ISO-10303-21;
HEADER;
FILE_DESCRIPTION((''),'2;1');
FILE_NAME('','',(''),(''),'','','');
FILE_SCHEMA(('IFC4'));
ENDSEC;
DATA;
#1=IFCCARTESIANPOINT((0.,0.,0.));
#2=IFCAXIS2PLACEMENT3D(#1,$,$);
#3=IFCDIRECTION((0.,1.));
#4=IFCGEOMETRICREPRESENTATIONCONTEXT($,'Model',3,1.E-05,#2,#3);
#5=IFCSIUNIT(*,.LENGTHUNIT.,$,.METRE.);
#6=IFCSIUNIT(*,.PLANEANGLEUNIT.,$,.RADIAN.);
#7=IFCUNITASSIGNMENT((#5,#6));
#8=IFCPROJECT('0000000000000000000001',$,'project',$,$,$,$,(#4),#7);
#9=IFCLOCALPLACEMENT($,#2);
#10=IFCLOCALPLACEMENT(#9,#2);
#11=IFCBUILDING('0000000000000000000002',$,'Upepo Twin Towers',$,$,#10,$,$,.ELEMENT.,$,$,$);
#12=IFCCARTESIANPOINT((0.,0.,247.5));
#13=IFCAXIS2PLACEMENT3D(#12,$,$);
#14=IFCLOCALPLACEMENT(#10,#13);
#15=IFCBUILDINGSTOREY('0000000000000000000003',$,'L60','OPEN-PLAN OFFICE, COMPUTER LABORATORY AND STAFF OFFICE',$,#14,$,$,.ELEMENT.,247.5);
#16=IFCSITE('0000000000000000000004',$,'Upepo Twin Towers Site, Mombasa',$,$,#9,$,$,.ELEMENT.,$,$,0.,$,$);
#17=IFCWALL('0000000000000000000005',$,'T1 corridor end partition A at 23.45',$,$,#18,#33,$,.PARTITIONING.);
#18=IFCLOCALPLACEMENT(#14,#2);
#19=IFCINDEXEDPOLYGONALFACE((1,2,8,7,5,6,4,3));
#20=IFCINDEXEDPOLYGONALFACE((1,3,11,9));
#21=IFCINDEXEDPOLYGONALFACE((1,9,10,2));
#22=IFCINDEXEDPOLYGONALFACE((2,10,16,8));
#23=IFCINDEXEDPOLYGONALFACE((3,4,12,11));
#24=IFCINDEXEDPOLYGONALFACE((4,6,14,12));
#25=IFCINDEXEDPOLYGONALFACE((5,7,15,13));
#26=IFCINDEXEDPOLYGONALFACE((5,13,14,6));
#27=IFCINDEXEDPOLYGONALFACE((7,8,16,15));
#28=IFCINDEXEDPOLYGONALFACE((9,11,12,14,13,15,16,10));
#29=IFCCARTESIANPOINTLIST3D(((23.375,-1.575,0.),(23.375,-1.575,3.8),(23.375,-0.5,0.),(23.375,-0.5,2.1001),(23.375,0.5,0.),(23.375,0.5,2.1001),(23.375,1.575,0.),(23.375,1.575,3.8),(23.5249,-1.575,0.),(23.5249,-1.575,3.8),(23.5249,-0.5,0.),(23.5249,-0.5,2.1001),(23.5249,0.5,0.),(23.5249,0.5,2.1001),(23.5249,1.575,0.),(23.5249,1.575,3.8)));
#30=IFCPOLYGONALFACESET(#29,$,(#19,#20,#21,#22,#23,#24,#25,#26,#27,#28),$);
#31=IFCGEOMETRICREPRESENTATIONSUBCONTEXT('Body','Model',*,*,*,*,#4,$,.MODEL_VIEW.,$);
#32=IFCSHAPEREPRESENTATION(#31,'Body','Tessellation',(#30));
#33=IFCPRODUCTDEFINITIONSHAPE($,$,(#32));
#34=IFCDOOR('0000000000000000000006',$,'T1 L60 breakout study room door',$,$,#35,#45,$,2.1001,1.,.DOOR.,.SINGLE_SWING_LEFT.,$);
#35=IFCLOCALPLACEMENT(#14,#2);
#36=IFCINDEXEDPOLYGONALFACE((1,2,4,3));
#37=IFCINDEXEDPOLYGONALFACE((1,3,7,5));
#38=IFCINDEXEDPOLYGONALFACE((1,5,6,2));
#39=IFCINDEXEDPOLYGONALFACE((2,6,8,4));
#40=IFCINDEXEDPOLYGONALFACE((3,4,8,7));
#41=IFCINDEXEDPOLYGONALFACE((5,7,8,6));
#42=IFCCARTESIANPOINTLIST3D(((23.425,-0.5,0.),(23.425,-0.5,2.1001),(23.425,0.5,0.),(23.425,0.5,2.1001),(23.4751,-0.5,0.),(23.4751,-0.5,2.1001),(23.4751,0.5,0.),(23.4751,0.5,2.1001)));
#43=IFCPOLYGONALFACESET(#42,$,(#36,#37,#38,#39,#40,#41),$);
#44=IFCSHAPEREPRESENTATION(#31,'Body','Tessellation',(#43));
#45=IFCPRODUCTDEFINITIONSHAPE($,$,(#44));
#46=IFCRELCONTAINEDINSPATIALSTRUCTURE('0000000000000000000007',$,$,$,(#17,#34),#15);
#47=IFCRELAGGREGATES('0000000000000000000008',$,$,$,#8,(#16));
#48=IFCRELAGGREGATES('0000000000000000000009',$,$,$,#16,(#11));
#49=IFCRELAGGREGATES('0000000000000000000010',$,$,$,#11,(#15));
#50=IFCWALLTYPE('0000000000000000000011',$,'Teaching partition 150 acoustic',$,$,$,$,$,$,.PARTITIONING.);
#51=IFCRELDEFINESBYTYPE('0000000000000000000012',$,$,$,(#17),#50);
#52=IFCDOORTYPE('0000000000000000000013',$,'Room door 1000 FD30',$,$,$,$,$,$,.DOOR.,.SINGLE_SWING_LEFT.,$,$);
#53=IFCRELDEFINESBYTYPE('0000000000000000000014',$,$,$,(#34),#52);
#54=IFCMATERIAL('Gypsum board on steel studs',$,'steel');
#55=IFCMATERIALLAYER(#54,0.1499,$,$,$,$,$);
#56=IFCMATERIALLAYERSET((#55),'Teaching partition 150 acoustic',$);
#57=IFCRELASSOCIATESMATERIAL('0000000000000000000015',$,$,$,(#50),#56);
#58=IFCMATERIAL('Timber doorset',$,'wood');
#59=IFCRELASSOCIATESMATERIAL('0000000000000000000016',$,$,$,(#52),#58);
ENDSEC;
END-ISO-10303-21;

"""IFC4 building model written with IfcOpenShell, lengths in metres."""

from ifc_helpers import new_model, si_unit, direction, frame, frame_2d, origin, place, context, subcontext, project, spatial, rectangle, extrude, material, layer, layer_set, type_object, element, fill, save


model = new_model("IFC4")

# Units and contexts
model_context = context("Model", 3, precision=1e-05, world=origin(), true_north=direction((0.0, 1.0)))
body_context = subcontext(model_context, "Body", "Model", "MODEL_VIEW")
ifc_project = project(units=[si_unit("LENGTHUNIT", "METRE"), si_unit("PLANEANGLEUNIT", "RADIAN")], contexts=[model_context])

# Site, building, storey
site_placement = place(None, origin())
site = spatial("IfcSite", under=ifc_project, at=site_placement, Name="Upepo Twin Towers Site, Mombasa", CompositionType="ELEMENT", RefElevation=0.0)
building_placement = place(site_placement, origin())
building = spatial("IfcBuilding", under=site, at=building_placement, Name="Upepo Twin Towers", CompositionType="ELEMENT")
storey_placement = place(building_placement, frame((0.0, 0.0, 247.5)))
storey = spatial("IfcBuildingStorey", under=building, at=storey_placement, Name="L60", Description="OPEN-PLAN OFFICE, COMPUTER LABORATORY AND STAFF OFFICE", CompositionType="ELEMENT", Elevation=247.5)

# Shared definitions
ifc_material_1 = material(Name="Gypsum board on steel studs", Category="steel")
ifc_layer_1 = layer(ifc_material_1, 0.1499)
ifc_layer_set_1 = layer_set([ifc_layer_1], Name="Teaching partition 150 acoustic")
wall_type_1 = type_object("IfcWallType", Name="Teaching partition 150 acoustic", PredefinedType="PARTITIONING", material=ifc_layer_set_1)

# Shared definitions
ifc_material_2 = material(Name="Timber doorset", Category="wood")
door_type = type_object("IfcDoorType", Name="Room door 1000 FD30", OperationType="SINGLE_SWING_LEFT", PredefinedType="DOOR", material=ifc_material_2)

# Wall, opening, door
wall_1_placement = place(storey_placement, frame((23.45, -1.575, 0.0), z_axis=(0.0, 0.0, 1.0), x_axis=(0.0, 1.0, 0.0)))
wall_1 = element("IfcWall", 1, at=wall_1_placement, inside=storey, type_object=wall_type_1, Name="T1 corridor end partition A at 23.45", PredefinedType="PARTITIONING", context=body_context, shape_type="SweptSolid", body=[
    extrude(rectangle(XDim=3.1499, YDim=0.1499, at=frame_2d((1.575, 0.0))), origin(), (0.0, 0.0, 1.0), 3.8),
])
opening_1_placement = place(wall_1_placement, frame((1.075, 0.0, 0.0)))
opening_1 = element("IfcOpeningElement", 2, at=opening_1_placement, cuts=wall_1, PredefinedType="OPENING", context=body_context, shape_type="SweptSolid", body=[
    extrude(rectangle(XDim=1.0, YDim=2.1001, at=frame_2d((0.5, 1.05))), frame((0.0, 0.085, 0.0), z_axis=(0.0, -1.0, 0.0), x_axis=(1.0, 0.0, 0.0)), (0.0, 0.0, 1.0), 0.1699),
])
door_1_placement = place(opening_1_placement, origin())
door_1 = element("IfcDoor", 3, at=door_1_placement, inside=storey, type_object=door_type, Name="T1 L60 breakout study room door", OperationType="SINGLE_SWING_LEFT", OverallHeight=2.1001, OverallWidth=1.0, PredefinedType="DOOR", context=body_context, shape_type="SweptSolid", body=[
    extrude(rectangle(XDim=1.0, YDim=2.1001, at=frame_2d((0.5, 1.05))), frame((0.0, 0.0249, 0.0), z_axis=(0.0, -1.0, 0.0), x_axis=(1.0, 0.0, 0.0)), (0.0, 0.0, 1.0), 0.05),
])
fill(opening_1, door_1)

save(model, "model.ifc")
